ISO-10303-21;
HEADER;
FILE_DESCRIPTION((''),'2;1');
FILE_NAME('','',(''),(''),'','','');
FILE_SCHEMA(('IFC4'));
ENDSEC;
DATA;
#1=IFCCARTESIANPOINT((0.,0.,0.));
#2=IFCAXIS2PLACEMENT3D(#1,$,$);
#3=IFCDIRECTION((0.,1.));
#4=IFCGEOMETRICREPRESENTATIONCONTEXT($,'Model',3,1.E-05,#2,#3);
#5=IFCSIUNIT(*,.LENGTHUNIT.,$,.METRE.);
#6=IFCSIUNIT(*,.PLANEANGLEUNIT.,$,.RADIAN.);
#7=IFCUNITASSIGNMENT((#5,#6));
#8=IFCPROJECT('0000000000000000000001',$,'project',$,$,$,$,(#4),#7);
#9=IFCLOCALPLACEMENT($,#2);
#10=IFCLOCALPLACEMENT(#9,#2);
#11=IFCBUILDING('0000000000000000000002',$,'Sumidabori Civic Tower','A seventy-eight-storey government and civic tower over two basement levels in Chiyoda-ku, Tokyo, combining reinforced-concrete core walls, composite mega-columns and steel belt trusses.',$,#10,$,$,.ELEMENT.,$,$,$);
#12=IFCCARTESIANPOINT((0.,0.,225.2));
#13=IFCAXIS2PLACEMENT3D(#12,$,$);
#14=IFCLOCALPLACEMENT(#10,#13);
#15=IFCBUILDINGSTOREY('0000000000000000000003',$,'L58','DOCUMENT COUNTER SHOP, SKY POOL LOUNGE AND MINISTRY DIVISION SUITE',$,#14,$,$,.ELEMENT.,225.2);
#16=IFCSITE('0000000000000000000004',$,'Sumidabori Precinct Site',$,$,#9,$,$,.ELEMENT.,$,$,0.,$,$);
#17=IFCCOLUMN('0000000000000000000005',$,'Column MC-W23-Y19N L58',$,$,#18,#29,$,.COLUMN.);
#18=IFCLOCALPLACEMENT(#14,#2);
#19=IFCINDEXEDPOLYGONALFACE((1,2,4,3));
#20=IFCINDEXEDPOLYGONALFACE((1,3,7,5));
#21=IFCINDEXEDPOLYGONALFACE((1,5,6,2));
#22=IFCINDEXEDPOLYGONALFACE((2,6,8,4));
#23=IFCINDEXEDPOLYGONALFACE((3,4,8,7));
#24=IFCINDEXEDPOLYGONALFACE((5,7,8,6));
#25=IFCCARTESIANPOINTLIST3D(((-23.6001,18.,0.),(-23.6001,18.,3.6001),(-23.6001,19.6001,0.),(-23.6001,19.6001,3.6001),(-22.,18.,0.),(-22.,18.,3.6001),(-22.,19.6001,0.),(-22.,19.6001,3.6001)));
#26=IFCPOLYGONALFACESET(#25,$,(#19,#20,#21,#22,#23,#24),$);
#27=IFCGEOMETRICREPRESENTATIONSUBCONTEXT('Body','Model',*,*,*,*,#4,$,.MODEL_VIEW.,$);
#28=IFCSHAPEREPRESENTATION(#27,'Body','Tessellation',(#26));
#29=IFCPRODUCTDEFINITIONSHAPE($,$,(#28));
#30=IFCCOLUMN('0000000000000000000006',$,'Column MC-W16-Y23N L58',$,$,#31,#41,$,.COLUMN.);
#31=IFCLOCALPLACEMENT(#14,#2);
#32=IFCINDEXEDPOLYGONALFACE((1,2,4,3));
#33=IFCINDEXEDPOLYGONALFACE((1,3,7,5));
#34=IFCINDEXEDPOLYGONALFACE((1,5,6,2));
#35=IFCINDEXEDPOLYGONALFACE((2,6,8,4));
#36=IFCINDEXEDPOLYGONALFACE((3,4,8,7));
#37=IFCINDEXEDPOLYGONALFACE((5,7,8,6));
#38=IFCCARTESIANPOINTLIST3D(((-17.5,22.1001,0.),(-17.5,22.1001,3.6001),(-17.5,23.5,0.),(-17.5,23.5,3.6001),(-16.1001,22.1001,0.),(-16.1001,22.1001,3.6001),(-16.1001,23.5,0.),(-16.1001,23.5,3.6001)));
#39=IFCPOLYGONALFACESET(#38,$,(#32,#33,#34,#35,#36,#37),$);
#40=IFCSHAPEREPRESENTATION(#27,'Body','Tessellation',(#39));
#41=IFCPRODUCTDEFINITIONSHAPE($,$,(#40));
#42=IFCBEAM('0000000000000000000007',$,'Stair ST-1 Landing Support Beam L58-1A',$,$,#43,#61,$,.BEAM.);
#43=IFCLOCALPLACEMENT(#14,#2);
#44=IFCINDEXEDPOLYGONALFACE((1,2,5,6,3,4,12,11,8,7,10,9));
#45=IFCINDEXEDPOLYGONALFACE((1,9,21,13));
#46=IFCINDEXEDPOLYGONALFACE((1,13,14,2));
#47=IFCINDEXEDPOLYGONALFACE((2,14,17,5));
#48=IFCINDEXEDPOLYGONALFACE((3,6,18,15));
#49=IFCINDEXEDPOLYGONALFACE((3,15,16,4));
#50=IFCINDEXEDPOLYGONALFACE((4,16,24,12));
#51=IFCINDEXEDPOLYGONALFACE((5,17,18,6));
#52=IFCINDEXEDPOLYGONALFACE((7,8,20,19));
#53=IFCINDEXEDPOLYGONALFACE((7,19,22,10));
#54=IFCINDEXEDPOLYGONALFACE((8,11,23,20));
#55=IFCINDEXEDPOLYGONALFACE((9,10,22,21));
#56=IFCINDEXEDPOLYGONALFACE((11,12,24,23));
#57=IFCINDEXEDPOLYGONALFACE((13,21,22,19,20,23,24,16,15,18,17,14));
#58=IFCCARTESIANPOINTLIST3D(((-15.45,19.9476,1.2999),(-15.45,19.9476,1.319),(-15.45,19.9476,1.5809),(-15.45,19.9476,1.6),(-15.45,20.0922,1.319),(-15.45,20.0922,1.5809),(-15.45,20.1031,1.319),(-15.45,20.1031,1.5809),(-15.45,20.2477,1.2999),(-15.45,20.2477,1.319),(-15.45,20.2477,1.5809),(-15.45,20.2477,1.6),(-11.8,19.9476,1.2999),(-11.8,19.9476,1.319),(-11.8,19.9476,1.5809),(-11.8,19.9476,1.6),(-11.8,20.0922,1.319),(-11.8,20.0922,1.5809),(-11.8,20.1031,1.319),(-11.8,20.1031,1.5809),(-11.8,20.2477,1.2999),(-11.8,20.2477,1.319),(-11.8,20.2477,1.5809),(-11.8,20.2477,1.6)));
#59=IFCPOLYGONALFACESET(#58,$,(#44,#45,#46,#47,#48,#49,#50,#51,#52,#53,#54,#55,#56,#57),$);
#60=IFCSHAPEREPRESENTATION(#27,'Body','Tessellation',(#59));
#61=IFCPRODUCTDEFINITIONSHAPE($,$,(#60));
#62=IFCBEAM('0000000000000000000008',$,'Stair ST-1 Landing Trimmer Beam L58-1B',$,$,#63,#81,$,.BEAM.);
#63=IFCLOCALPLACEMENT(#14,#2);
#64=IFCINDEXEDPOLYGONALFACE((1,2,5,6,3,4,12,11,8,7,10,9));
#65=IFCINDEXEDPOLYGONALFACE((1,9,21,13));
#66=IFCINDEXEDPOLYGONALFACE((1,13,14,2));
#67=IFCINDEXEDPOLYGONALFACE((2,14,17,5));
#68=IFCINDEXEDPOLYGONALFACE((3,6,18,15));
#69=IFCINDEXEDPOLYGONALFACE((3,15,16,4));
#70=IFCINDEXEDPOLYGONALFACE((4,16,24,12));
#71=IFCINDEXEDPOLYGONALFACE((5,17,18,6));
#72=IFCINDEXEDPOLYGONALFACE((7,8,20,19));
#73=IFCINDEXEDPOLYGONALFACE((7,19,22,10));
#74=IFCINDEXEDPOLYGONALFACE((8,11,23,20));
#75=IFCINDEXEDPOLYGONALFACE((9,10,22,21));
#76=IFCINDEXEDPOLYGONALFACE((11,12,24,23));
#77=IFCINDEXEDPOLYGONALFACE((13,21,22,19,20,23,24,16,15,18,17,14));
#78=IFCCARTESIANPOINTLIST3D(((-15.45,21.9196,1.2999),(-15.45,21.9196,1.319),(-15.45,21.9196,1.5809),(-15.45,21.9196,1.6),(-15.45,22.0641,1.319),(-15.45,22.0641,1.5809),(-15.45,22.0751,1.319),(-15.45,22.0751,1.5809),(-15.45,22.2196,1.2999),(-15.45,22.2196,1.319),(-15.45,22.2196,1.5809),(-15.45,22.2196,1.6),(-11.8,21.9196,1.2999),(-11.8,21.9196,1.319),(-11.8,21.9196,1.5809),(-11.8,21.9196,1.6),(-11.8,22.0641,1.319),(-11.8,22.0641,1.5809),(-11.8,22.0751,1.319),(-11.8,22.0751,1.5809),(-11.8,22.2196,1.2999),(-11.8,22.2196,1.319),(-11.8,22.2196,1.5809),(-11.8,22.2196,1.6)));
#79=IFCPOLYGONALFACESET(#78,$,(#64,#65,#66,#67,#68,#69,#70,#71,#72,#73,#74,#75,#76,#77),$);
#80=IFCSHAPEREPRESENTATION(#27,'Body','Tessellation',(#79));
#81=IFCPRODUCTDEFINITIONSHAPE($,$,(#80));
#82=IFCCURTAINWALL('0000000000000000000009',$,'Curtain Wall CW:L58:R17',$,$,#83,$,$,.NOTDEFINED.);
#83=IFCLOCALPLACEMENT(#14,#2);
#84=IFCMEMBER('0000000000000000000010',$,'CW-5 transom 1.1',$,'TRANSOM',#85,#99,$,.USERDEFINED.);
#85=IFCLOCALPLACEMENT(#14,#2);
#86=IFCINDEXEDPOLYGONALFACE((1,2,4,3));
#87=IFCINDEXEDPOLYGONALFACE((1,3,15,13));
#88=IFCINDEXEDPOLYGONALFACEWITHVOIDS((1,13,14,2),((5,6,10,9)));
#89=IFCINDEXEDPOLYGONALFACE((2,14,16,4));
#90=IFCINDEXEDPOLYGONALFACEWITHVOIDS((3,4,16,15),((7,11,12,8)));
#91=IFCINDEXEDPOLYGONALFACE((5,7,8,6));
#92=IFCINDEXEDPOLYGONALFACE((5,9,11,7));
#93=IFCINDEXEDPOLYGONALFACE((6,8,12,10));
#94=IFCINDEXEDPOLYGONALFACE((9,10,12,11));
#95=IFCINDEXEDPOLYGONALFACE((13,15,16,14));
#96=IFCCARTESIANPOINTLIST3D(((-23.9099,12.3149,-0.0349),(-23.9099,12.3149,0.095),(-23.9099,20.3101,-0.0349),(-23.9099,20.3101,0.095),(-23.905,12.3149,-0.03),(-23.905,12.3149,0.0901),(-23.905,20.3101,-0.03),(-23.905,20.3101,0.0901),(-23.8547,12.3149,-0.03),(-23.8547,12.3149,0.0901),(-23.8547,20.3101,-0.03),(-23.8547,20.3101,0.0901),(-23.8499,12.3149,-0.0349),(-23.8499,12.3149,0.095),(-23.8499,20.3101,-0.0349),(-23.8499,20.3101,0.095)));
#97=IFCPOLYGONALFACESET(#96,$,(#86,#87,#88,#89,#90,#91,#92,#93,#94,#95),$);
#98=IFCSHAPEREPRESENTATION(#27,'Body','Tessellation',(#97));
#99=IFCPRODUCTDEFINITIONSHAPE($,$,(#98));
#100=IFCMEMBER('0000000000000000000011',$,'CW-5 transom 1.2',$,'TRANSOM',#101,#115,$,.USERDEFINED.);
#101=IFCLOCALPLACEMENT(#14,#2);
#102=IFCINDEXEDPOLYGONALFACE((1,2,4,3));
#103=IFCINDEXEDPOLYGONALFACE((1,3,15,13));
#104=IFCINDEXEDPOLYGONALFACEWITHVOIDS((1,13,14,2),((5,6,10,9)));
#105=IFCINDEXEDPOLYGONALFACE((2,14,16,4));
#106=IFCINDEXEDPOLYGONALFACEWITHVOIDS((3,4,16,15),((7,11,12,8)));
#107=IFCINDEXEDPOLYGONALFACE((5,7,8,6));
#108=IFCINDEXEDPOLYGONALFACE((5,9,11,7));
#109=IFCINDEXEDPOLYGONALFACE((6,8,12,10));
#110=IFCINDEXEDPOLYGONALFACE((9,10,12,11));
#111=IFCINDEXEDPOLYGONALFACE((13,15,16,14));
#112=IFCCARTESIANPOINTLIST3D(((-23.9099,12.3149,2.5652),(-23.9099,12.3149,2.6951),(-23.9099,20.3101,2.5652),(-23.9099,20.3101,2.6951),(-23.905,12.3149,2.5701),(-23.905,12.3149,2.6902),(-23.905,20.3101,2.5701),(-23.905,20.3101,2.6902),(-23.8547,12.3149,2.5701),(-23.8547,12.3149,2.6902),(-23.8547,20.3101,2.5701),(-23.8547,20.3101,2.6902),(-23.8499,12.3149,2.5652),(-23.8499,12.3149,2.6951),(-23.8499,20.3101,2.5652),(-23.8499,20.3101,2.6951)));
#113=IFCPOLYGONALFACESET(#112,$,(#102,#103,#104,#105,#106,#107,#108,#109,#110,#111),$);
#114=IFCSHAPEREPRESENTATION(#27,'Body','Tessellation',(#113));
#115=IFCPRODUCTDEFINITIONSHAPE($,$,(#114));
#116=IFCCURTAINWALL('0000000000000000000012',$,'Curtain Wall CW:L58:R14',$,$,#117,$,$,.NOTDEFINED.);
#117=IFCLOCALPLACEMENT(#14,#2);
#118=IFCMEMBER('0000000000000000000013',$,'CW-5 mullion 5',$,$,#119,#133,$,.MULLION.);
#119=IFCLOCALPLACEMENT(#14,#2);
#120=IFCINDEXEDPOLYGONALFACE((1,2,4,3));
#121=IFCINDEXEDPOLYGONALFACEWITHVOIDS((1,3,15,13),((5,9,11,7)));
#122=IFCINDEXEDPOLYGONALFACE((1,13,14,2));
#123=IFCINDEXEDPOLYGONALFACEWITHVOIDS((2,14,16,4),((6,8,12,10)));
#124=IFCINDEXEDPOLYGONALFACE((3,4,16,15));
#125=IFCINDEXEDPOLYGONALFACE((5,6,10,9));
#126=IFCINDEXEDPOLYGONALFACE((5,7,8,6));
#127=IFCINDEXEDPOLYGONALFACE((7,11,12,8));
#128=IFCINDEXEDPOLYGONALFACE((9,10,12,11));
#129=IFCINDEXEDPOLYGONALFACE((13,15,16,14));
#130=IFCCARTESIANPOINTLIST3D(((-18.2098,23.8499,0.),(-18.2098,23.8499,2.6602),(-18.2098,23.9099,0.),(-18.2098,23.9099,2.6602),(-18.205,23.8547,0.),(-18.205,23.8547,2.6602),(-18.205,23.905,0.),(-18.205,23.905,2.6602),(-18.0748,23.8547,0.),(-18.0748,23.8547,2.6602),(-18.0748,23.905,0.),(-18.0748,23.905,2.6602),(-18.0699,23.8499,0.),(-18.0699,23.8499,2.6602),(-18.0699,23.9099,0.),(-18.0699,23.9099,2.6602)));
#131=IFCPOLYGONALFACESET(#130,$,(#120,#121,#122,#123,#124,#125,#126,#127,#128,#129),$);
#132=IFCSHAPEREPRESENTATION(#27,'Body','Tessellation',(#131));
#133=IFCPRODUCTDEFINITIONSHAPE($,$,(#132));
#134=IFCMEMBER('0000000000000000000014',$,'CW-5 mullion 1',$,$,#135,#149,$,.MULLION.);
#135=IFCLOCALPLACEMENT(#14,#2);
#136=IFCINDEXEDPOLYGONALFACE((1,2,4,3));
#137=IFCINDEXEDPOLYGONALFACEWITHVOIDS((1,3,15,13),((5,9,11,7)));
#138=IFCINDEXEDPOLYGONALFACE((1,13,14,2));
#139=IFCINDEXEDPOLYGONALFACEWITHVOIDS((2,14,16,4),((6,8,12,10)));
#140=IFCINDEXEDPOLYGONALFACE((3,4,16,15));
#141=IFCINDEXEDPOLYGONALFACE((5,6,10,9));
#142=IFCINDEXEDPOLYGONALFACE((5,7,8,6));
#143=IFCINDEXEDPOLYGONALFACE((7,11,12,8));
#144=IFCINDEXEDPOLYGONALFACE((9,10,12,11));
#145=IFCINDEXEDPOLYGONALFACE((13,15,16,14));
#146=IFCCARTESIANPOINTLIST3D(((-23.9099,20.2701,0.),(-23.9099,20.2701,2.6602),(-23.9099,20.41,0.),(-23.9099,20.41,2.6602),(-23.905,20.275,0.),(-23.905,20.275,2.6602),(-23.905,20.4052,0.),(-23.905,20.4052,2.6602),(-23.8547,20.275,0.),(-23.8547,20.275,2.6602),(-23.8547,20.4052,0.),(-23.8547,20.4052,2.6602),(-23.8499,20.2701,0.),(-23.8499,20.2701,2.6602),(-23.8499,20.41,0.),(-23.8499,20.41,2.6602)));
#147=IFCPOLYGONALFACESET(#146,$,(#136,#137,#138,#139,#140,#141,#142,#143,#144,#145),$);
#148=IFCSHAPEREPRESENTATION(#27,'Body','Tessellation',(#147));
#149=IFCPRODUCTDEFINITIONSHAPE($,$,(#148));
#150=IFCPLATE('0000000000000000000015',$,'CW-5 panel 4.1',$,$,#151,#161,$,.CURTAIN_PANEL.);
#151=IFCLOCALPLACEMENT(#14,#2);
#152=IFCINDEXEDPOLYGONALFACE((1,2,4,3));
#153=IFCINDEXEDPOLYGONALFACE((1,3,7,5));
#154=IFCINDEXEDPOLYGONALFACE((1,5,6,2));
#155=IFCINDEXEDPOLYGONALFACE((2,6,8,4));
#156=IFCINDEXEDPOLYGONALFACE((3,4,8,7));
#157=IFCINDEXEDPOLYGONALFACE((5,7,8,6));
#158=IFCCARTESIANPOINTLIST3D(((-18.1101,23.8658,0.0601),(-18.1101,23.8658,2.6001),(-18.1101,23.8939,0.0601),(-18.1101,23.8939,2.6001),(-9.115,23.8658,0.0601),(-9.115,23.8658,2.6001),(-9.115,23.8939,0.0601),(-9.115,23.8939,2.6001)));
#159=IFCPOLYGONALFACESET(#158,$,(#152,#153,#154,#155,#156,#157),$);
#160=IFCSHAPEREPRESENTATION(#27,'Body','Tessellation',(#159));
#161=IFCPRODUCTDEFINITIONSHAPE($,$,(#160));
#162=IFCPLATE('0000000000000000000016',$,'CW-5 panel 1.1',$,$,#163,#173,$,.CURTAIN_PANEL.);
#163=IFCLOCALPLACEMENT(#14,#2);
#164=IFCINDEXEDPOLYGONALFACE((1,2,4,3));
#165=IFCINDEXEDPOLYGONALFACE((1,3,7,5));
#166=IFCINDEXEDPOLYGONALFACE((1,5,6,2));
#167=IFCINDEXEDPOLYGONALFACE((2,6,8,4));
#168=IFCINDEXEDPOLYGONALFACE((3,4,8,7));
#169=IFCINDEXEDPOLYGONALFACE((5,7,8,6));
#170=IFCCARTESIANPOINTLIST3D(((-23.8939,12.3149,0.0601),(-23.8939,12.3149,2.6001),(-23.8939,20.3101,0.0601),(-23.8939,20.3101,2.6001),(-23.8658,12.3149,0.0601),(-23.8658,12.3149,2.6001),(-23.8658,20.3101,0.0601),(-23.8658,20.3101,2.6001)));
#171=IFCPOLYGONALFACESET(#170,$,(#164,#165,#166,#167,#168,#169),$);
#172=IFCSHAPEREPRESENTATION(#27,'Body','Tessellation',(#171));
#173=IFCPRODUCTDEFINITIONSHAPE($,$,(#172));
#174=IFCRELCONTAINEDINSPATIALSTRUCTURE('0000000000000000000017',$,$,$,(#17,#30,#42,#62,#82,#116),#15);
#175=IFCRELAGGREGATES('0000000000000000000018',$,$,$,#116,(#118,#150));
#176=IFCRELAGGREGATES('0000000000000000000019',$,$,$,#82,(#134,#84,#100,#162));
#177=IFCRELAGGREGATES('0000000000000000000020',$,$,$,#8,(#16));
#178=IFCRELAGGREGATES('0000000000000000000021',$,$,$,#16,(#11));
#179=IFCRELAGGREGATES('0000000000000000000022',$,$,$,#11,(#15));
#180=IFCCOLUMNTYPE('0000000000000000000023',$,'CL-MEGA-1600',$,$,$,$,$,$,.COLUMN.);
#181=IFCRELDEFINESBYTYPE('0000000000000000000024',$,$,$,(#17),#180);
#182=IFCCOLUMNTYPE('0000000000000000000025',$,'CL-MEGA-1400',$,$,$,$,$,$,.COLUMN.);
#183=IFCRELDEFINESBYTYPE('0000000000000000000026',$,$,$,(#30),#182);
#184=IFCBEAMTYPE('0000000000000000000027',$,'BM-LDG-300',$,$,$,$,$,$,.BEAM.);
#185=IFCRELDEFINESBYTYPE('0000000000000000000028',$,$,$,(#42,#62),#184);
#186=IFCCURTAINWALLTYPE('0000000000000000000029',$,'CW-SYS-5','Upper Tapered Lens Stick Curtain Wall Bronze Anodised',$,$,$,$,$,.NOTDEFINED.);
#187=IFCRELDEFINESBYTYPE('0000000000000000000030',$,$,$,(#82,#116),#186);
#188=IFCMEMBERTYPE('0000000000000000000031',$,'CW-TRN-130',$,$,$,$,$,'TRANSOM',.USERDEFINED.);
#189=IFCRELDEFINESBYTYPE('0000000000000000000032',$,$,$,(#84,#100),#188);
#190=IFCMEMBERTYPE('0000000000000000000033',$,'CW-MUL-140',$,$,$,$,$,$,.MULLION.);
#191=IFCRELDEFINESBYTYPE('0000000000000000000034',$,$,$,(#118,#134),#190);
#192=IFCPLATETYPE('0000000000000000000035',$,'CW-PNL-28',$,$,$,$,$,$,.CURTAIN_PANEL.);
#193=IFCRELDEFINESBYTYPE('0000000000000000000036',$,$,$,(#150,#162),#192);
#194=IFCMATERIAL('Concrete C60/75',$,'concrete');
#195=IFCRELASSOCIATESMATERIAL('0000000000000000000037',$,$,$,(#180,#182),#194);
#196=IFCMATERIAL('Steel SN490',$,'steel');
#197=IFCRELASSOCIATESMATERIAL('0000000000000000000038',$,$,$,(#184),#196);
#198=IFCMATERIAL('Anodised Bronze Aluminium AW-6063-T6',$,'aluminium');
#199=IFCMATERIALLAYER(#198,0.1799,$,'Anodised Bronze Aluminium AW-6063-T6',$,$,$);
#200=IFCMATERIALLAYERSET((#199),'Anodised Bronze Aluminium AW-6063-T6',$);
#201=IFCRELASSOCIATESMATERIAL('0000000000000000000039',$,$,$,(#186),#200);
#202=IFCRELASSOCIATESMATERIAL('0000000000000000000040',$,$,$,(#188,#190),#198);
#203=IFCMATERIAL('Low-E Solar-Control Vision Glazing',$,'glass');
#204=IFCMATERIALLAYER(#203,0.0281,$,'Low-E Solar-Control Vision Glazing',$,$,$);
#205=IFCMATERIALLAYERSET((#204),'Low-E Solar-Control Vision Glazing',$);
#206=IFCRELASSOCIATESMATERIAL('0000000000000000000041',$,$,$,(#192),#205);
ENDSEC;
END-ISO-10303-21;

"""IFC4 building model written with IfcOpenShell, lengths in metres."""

from ifc_helpers import new_model, si_unit, direction, frame, origin, origin_2d, place, context, subcontext, project, spatial, rectangle, hollow_rectangle, i_section, extrude, source, transform, mapped, material, layer, layer_set, material_profile, profile_set, type_object, element, aggregate, save


model = new_model("IFC4")

# Units and contexts
model_context = context("Model", 3, precision=1e-05, world=origin(), true_north=direction((0.0, 1.0)))
body_context = subcontext(model_context, "Body", "Model", "MODEL_VIEW")
ifc_project = project(units=[si_unit("LENGTHUNIT", "METRE"), si_unit("PLANEANGLEUNIT", "RADIAN")], contexts=[model_context])

# Site, building, storey
site_placement = place(None, origin())
site = spatial("IfcSite", under=ifc_project, at=site_placement, Name="Sumidabori Precinct Site", CompositionType="ELEMENT", RefElevation=0.0)
building_placement = place(site_placement, origin())
building = spatial("IfcBuilding", under=site, at=building_placement, Name="Sumidabori Civic Tower", Description="A seventy-eight-storey government and civic tower over two basement levels in Chiyoda-ku, Tokyo, combining reinforced-concrete core walls, composite mega-columns and steel belt trusses.", CompositionType="ELEMENT")
storey_placement = place(building_placement, frame((0.0, 0.0, 225.2)))
storey = spatial("IfcBuildingStorey", under=building, at=storey_placement, Name="L58", Description="DOCUMENT COUNTER SHOP, SKY POOL LOUNGE AND MINISTRY DIVISION SUITE", CompositionType="ELEMENT", Elevation=225.2)

# Columns
ifc_material_1 = material(Name="Concrete C60/75", Category="concrete")
ifc_material_profile_1 = material_profile(ifc_material_1, rectangle(XDim=1.6001, YDim=1.6001, at=origin_2d()), Name="RC 1600x1600")
ifc_profile_set_1 = profile_set([ifc_material_profile_1], Name="Concrete C60/75")
column_type_1 = type_object("IfcColumnType", Name="CL-MEGA-1600", PredefinedType="COLUMN", material=ifc_profile_set_1)
shared_shape_1 = source(origin(), body_context, "Body", "SweptSolid", [
    extrude(rectangle(XDim=1.6001, YDim=1.6001, at=origin_2d()), origin(), (0.0, 0.0, 1.0), 3.6001),
])
column_1_placement = place(storey_placement, frame((-22.8, 18.8, 0.0), z_axis=(0.0, 0.0, 1.0), x_axis=(1.0, 0.0, 0.0)))
element("IfcColumn", 1, at=column_1_placement, inside=storey, type_object=column_type_1, Name="Column MC-W23-Y19N L58", PredefinedType="COLUMN", context=body_context, shape_type="MappedRepresentation", body=[
    mapped(shared_shape_1, transform((0.0, 0.0, 0.0), x_axis=(1.0, 0.0, 0.0), y_axis=(0.0, 1.0, 0.0), z_axis=(0.0, 0.0, 1.0), scale=1.0)),
])
ifc_material_profile_2 = material_profile(ifc_material_1, rectangle(XDim=1.3999, YDim=1.3999, at=origin_2d()), Name="RC 1400x1400")
ifc_profile_set_2 = profile_set([ifc_material_profile_2], Name="Concrete C60/75")
column_type_2 = type_object("IfcColumnType", Name="CL-MEGA-1400", PredefinedType="COLUMN", material=ifc_profile_set_2)
shared_shape_2 = source(origin(), body_context, "Body", "SweptSolid", [
    extrude(rectangle(XDim=1.3999, YDim=1.3999, at=origin_2d()), origin(), (0.0, 0.0, 1.0), 3.6001),
])
column_2_placement = place(storey_placement, frame((-16.8, 22.8, 0.0), z_axis=(0.0, 0.0, 1.0), x_axis=(1.0, 0.0, 0.0)))
element("IfcColumn", 2, at=column_2_placement, inside=storey, type_object=column_type_2, Name="Column MC-W16-Y23N L58", PredefinedType="COLUMN", context=body_context, shape_type="MappedRepresentation", body=[
    mapped(shared_shape_2, transform((0.0, 0.0, 0.0), x_axis=(1.0, 0.0, 0.0), y_axis=(0.0, 1.0, 0.0), z_axis=(0.0, 0.0, 1.0), scale=1.0)),
])

# Beams
ifc_material_2 = material(Name="Steel SN490", Category="steel")
ifc_material_profile_3 = material_profile(ifc_material_2, i_section(OverallWidth=0.3, OverallDepth=0.3, WebThickness=0.011, FlangeThickness=0.019, at=origin_2d()), Name="HE 300 B")
ifc_profile_set_3 = profile_set([ifc_material_profile_3], Name="Steel SN490")
beam_type = type_object("IfcBeamType", Name="BM-LDG-300", PredefinedType="BEAM", material=ifc_profile_set_3)
shared_shape_3 = source(origin(), body_context, "Body", "SweptSolid", [
    extrude(i_section(OverallWidth=0.3, OverallDepth=0.3, WebThickness=0.011, FlangeThickness=0.019, at=origin_2d()), origin(), (0.0, 0.0, 1.0), 3.6499),
])
for number, where, z_axis, x_axis, name in (
    (3, (-15.45, 20.0977, 1.45), (1.0, 0.0, 0.0), (0.0, 1.0, 0.0), "Stair ST-1 Landing Support Beam L58-1A"),
    (4, (-15.45, 22.0696, 1.45), (1.0, 0.0, 0.0), (0.0, 1.0, 0.0), "Stair ST-1 Landing Trimmer Beam L58-1B"),
):
    element("IfcBeam", number, at=place(storey_placement, frame(where, z_axis=z_axis, x_axis=x_axis)), inside=storey, type_object=beam_type, Name=name, PredefinedType="BEAM", context=body_context, shape_type="MappedRepresentation", body=[
        mapped(shared_shape_3, transform((0.0, 0.0, 0.0), x_axis=(1.0, 0.0, 0.0), y_axis=(0.0, 1.0, 0.0), z_axis=(0.0, 0.0, 1.0), scale=1.0)),
    ])

# Curtain wall, members
ifc_material_3 = material(Name="Anodised Bronze Aluminium AW-6063-T6", Category="aluminium")
ifc_layer_1 = layer(ifc_material_3, 0.1799, Name="Anodised Bronze Aluminium AW-6063-T6")
ifc_layer_set_1 = layer_set([ifc_layer_1], Name="Anodised Bronze Aluminium AW-6063-T6")
curtain_wall_type = type_object("IfcCurtainWallType", Name="CW-SYS-5", Description="Upper Tapered Lens Stick Curtain Wall Bronze Anodised", PredefinedType="NOTDEFINED", material=ifc_layer_set_1)
curtain_wall_1_placement = place(storey_placement, origin())
curtain_wall_1 = element("IfcCurtainWall", 5, at=curtain_wall_1_placement, inside=storey, type_object=curtain_wall_type, Name="Curtain Wall CW:L58:R17", PredefinedType="NOTDEFINED")
ifc_material_profile_4 = material_profile(ifc_material_3, hollow_rectangle(XDim=0.0601, YDim=0.1299, WallThickness=0.0049, at=origin_2d()), Name="ALU TRANSOM 130x60")
ifc_profile_set_4 = profile_set([ifc_material_profile_4], Name="Anodised Bronze Aluminium AW-6063-T6")
member_type_1 = type_object("IfcMemberType", Name="CW-TRN-130", ElementType="TRANSOM", PredefinedType="USERDEFINED", material=ifc_profile_set_4)
shared_shape_4 = source(origin(), body_context, "Body", "SweptSolid", [
    extrude(hollow_rectangle(XDim=0.0601, YDim=0.1299, WallThickness=0.0049, at=origin_2d()), origin(), (0.0, 0.0, 1.0), 7.9951),
])
member_1_placement = place(storey_placement, frame((-23.8799, 20.3101, 0.03), z_axis=(0.0, -1.0, 0.0), x_axis=(1.0, 0.0, 0.0)))
member_1 = element("IfcMember", 6, at=member_1_placement, type_object=member_type_1, Name="CW-5 transom 1.1", ObjectType="TRANSOM", PredefinedType="USERDEFINED", context=body_context, shape_type="MappedRepresentation", body=[
    mapped(shared_shape_4, transform((0.0, 0.0, 0.0), x_axis=(1.0, 0.0, 0.0), y_axis=(0.0, 1.0, 0.0), z_axis=(0.0, 0.0, 1.0), scale=1.0)),
])
member_2_placement = place(storey_placement, frame((-23.8799, 20.3101, 2.6301), z_axis=(0.0, -1.0, 0.0), x_axis=(1.0, 0.0, 0.0)))
member_2 = element("IfcMember", 7, at=member_2_placement, type_object=member_type_1, Name="CW-5 transom 1.2", ObjectType="TRANSOM", PredefinedType="USERDEFINED", context=body_context, shape_type="MappedRepresentation", body=[
    mapped(shared_shape_4, transform((0.0, 0.0, 0.0), x_axis=(1.0, 0.0, 0.0), y_axis=(0.0, 1.0, 0.0), z_axis=(0.0, 0.0, 1.0), scale=1.0)),
])

# Curtain wall, member
curtain_wall_2_placement = place(storey_placement, origin())
curtain_wall_2 = element("IfcCurtainWall", 8, at=curtain_wall_2_placement, inside=storey, type_object=curtain_wall_type, Name="Curtain Wall CW:L58:R14", PredefinedType="NOTDEFINED")
ifc_material_profile_5 = material_profile(ifc_material_3, hollow_rectangle(XDim=0.0601, YDim=0.1399, WallThickness=0.0049, at=origin_2d()), Name="ALU MULLION 140x60")
ifc_profile_set_5 = profile_set([ifc_material_profile_5], Name="Anodised Bronze Aluminium AW-6063-T6")
member_type_2 = type_object("IfcMemberType", Name="CW-MUL-140", PredefinedType="MULLION", material=ifc_profile_set_5)
shared_shape_5 = source(origin(), body_context, "Body", "SweptSolid", [
    extrude(hollow_rectangle(XDim=0.0601, YDim=0.1399, WallThickness=0.0049, at=origin_2d()), origin(), (0.0, 0.0, 1.0), 2.6602),
])
member_3_placement = place(storey_placement, frame((-18.1399, 23.8799, 0.0), z_axis=(0.0, 0.0, 1.0), x_axis=(0.0, -1.0, 0.0)))
member_3 = element("IfcMember", 9, at=member_3_placement, type_object=member_type_2, Name="CW-5 mullion 5", PredefinedType="MULLION", context=body_context, shape_type="MappedRepresentation", body=[
    mapped(shared_shape_5, transform((0.0, 0.0, 0.0), x_axis=(1.0, 0.0, 0.0), y_axis=(0.0, 1.0, 0.0), z_axis=(0.0, 0.0, 1.0), scale=1.0)),
])

# Member
member_4_placement = place(storey_placement, frame((-23.8799, 20.3401, 0.0), z_axis=(0.0, 0.0, 1.0), x_axis=(1.0, 0.0, 0.0)))
member_4 = element("IfcMember", 10, at=member_4_placement, type_object=member_type_2, Name="CW-5 mullion 1", PredefinedType="MULLION", context=body_context, shape_type="MappedRepresentation", body=[
    mapped(shared_shape_5, transform((0.0, 0.0, 0.0), x_axis=(1.0, 0.0, 0.0), y_axis=(0.0, 1.0, 0.0), z_axis=(0.0, 0.0, 1.0), scale=1.0)),
])

# Plates
ifc_material_4 = material(Name="Low-E Solar-Control Vision Glazing", Category="glass")
ifc_layer_2 = layer(ifc_material_4, 0.0281, Name="Low-E Solar-Control Vision Glazing")
ifc_layer_set_2 = layer_set([ifc_layer_2], Name="Low-E Solar-Control Vision Glazing")
plate_type = type_object("IfcPlateType", Name="CW-PNL-28", PredefinedType="CURTAIN_PANEL", material=ifc_layer_set_2)
shared_shape_6 = source(origin(), body_context, "Body", "SweptSolid", [
    extrude(rectangle(XDim=8.9951, YDim=0.0281, at=origin_2d()), origin(), (0.0, 0.0, 1.0), 2.54),
])
plate_1_placement = place(storey_placement, frame((-13.6125, 23.8799, 0.0601), z_axis=(0.0, 0.0, 1.0), x_axis=(-1.0, 0.0, 0.0)))
plate_1 = element("IfcPlate", 11, at=plate_1_placement, type_object=plate_type, Name="CW-5 panel 4.1", PredefinedType="CURTAIN_PANEL", context=body_context, shape_type="MappedRepresentation", body=[
    mapped(shared_shape_6, transform((0.0, 0.0, 0.0), x_axis=(1.0, 0.0, 0.0), y_axis=(0.0, 1.0, 0.0), z_axis=(0.0, 0.0, 1.0), scale=1.0)),
])
aggregate(curtain_wall_2, [member_3, plate_1])
shared_shape_7 = source(origin(), body_context, "Body", "SweptSolid", [
    extrude(rectangle(XDim=7.9951, YDim=0.0281, at=origin_2d()), origin(), (0.0, 0.0, 1.0), 2.54),
])
plate_2_placement = place(storey_placement, frame((-23.8799, 16.3125, 0.0601), z_axis=(0.0, 0.0, 1.0), x_axis=(0.0, -1.0, 0.0)))
plate_2 = element("IfcPlate", 12, at=plate_2_placement, type_object=plate_type, Name="CW-5 panel 1.1", PredefinedType="CURTAIN_PANEL", context=body_context, shape_type="MappedRepresentation", body=[
    mapped(shared_shape_7, transform((0.0, 0.0, 0.0), x_axis=(1.0, 0.0, 0.0), y_axis=(0.0, 1.0, 0.0), z_axis=(0.0, 0.0, 1.0), scale=1.0)),
])
aggregate(curtain_wall_1, [member_4, member_1, member_2, plate_2])

save(model, "model.ifc")
